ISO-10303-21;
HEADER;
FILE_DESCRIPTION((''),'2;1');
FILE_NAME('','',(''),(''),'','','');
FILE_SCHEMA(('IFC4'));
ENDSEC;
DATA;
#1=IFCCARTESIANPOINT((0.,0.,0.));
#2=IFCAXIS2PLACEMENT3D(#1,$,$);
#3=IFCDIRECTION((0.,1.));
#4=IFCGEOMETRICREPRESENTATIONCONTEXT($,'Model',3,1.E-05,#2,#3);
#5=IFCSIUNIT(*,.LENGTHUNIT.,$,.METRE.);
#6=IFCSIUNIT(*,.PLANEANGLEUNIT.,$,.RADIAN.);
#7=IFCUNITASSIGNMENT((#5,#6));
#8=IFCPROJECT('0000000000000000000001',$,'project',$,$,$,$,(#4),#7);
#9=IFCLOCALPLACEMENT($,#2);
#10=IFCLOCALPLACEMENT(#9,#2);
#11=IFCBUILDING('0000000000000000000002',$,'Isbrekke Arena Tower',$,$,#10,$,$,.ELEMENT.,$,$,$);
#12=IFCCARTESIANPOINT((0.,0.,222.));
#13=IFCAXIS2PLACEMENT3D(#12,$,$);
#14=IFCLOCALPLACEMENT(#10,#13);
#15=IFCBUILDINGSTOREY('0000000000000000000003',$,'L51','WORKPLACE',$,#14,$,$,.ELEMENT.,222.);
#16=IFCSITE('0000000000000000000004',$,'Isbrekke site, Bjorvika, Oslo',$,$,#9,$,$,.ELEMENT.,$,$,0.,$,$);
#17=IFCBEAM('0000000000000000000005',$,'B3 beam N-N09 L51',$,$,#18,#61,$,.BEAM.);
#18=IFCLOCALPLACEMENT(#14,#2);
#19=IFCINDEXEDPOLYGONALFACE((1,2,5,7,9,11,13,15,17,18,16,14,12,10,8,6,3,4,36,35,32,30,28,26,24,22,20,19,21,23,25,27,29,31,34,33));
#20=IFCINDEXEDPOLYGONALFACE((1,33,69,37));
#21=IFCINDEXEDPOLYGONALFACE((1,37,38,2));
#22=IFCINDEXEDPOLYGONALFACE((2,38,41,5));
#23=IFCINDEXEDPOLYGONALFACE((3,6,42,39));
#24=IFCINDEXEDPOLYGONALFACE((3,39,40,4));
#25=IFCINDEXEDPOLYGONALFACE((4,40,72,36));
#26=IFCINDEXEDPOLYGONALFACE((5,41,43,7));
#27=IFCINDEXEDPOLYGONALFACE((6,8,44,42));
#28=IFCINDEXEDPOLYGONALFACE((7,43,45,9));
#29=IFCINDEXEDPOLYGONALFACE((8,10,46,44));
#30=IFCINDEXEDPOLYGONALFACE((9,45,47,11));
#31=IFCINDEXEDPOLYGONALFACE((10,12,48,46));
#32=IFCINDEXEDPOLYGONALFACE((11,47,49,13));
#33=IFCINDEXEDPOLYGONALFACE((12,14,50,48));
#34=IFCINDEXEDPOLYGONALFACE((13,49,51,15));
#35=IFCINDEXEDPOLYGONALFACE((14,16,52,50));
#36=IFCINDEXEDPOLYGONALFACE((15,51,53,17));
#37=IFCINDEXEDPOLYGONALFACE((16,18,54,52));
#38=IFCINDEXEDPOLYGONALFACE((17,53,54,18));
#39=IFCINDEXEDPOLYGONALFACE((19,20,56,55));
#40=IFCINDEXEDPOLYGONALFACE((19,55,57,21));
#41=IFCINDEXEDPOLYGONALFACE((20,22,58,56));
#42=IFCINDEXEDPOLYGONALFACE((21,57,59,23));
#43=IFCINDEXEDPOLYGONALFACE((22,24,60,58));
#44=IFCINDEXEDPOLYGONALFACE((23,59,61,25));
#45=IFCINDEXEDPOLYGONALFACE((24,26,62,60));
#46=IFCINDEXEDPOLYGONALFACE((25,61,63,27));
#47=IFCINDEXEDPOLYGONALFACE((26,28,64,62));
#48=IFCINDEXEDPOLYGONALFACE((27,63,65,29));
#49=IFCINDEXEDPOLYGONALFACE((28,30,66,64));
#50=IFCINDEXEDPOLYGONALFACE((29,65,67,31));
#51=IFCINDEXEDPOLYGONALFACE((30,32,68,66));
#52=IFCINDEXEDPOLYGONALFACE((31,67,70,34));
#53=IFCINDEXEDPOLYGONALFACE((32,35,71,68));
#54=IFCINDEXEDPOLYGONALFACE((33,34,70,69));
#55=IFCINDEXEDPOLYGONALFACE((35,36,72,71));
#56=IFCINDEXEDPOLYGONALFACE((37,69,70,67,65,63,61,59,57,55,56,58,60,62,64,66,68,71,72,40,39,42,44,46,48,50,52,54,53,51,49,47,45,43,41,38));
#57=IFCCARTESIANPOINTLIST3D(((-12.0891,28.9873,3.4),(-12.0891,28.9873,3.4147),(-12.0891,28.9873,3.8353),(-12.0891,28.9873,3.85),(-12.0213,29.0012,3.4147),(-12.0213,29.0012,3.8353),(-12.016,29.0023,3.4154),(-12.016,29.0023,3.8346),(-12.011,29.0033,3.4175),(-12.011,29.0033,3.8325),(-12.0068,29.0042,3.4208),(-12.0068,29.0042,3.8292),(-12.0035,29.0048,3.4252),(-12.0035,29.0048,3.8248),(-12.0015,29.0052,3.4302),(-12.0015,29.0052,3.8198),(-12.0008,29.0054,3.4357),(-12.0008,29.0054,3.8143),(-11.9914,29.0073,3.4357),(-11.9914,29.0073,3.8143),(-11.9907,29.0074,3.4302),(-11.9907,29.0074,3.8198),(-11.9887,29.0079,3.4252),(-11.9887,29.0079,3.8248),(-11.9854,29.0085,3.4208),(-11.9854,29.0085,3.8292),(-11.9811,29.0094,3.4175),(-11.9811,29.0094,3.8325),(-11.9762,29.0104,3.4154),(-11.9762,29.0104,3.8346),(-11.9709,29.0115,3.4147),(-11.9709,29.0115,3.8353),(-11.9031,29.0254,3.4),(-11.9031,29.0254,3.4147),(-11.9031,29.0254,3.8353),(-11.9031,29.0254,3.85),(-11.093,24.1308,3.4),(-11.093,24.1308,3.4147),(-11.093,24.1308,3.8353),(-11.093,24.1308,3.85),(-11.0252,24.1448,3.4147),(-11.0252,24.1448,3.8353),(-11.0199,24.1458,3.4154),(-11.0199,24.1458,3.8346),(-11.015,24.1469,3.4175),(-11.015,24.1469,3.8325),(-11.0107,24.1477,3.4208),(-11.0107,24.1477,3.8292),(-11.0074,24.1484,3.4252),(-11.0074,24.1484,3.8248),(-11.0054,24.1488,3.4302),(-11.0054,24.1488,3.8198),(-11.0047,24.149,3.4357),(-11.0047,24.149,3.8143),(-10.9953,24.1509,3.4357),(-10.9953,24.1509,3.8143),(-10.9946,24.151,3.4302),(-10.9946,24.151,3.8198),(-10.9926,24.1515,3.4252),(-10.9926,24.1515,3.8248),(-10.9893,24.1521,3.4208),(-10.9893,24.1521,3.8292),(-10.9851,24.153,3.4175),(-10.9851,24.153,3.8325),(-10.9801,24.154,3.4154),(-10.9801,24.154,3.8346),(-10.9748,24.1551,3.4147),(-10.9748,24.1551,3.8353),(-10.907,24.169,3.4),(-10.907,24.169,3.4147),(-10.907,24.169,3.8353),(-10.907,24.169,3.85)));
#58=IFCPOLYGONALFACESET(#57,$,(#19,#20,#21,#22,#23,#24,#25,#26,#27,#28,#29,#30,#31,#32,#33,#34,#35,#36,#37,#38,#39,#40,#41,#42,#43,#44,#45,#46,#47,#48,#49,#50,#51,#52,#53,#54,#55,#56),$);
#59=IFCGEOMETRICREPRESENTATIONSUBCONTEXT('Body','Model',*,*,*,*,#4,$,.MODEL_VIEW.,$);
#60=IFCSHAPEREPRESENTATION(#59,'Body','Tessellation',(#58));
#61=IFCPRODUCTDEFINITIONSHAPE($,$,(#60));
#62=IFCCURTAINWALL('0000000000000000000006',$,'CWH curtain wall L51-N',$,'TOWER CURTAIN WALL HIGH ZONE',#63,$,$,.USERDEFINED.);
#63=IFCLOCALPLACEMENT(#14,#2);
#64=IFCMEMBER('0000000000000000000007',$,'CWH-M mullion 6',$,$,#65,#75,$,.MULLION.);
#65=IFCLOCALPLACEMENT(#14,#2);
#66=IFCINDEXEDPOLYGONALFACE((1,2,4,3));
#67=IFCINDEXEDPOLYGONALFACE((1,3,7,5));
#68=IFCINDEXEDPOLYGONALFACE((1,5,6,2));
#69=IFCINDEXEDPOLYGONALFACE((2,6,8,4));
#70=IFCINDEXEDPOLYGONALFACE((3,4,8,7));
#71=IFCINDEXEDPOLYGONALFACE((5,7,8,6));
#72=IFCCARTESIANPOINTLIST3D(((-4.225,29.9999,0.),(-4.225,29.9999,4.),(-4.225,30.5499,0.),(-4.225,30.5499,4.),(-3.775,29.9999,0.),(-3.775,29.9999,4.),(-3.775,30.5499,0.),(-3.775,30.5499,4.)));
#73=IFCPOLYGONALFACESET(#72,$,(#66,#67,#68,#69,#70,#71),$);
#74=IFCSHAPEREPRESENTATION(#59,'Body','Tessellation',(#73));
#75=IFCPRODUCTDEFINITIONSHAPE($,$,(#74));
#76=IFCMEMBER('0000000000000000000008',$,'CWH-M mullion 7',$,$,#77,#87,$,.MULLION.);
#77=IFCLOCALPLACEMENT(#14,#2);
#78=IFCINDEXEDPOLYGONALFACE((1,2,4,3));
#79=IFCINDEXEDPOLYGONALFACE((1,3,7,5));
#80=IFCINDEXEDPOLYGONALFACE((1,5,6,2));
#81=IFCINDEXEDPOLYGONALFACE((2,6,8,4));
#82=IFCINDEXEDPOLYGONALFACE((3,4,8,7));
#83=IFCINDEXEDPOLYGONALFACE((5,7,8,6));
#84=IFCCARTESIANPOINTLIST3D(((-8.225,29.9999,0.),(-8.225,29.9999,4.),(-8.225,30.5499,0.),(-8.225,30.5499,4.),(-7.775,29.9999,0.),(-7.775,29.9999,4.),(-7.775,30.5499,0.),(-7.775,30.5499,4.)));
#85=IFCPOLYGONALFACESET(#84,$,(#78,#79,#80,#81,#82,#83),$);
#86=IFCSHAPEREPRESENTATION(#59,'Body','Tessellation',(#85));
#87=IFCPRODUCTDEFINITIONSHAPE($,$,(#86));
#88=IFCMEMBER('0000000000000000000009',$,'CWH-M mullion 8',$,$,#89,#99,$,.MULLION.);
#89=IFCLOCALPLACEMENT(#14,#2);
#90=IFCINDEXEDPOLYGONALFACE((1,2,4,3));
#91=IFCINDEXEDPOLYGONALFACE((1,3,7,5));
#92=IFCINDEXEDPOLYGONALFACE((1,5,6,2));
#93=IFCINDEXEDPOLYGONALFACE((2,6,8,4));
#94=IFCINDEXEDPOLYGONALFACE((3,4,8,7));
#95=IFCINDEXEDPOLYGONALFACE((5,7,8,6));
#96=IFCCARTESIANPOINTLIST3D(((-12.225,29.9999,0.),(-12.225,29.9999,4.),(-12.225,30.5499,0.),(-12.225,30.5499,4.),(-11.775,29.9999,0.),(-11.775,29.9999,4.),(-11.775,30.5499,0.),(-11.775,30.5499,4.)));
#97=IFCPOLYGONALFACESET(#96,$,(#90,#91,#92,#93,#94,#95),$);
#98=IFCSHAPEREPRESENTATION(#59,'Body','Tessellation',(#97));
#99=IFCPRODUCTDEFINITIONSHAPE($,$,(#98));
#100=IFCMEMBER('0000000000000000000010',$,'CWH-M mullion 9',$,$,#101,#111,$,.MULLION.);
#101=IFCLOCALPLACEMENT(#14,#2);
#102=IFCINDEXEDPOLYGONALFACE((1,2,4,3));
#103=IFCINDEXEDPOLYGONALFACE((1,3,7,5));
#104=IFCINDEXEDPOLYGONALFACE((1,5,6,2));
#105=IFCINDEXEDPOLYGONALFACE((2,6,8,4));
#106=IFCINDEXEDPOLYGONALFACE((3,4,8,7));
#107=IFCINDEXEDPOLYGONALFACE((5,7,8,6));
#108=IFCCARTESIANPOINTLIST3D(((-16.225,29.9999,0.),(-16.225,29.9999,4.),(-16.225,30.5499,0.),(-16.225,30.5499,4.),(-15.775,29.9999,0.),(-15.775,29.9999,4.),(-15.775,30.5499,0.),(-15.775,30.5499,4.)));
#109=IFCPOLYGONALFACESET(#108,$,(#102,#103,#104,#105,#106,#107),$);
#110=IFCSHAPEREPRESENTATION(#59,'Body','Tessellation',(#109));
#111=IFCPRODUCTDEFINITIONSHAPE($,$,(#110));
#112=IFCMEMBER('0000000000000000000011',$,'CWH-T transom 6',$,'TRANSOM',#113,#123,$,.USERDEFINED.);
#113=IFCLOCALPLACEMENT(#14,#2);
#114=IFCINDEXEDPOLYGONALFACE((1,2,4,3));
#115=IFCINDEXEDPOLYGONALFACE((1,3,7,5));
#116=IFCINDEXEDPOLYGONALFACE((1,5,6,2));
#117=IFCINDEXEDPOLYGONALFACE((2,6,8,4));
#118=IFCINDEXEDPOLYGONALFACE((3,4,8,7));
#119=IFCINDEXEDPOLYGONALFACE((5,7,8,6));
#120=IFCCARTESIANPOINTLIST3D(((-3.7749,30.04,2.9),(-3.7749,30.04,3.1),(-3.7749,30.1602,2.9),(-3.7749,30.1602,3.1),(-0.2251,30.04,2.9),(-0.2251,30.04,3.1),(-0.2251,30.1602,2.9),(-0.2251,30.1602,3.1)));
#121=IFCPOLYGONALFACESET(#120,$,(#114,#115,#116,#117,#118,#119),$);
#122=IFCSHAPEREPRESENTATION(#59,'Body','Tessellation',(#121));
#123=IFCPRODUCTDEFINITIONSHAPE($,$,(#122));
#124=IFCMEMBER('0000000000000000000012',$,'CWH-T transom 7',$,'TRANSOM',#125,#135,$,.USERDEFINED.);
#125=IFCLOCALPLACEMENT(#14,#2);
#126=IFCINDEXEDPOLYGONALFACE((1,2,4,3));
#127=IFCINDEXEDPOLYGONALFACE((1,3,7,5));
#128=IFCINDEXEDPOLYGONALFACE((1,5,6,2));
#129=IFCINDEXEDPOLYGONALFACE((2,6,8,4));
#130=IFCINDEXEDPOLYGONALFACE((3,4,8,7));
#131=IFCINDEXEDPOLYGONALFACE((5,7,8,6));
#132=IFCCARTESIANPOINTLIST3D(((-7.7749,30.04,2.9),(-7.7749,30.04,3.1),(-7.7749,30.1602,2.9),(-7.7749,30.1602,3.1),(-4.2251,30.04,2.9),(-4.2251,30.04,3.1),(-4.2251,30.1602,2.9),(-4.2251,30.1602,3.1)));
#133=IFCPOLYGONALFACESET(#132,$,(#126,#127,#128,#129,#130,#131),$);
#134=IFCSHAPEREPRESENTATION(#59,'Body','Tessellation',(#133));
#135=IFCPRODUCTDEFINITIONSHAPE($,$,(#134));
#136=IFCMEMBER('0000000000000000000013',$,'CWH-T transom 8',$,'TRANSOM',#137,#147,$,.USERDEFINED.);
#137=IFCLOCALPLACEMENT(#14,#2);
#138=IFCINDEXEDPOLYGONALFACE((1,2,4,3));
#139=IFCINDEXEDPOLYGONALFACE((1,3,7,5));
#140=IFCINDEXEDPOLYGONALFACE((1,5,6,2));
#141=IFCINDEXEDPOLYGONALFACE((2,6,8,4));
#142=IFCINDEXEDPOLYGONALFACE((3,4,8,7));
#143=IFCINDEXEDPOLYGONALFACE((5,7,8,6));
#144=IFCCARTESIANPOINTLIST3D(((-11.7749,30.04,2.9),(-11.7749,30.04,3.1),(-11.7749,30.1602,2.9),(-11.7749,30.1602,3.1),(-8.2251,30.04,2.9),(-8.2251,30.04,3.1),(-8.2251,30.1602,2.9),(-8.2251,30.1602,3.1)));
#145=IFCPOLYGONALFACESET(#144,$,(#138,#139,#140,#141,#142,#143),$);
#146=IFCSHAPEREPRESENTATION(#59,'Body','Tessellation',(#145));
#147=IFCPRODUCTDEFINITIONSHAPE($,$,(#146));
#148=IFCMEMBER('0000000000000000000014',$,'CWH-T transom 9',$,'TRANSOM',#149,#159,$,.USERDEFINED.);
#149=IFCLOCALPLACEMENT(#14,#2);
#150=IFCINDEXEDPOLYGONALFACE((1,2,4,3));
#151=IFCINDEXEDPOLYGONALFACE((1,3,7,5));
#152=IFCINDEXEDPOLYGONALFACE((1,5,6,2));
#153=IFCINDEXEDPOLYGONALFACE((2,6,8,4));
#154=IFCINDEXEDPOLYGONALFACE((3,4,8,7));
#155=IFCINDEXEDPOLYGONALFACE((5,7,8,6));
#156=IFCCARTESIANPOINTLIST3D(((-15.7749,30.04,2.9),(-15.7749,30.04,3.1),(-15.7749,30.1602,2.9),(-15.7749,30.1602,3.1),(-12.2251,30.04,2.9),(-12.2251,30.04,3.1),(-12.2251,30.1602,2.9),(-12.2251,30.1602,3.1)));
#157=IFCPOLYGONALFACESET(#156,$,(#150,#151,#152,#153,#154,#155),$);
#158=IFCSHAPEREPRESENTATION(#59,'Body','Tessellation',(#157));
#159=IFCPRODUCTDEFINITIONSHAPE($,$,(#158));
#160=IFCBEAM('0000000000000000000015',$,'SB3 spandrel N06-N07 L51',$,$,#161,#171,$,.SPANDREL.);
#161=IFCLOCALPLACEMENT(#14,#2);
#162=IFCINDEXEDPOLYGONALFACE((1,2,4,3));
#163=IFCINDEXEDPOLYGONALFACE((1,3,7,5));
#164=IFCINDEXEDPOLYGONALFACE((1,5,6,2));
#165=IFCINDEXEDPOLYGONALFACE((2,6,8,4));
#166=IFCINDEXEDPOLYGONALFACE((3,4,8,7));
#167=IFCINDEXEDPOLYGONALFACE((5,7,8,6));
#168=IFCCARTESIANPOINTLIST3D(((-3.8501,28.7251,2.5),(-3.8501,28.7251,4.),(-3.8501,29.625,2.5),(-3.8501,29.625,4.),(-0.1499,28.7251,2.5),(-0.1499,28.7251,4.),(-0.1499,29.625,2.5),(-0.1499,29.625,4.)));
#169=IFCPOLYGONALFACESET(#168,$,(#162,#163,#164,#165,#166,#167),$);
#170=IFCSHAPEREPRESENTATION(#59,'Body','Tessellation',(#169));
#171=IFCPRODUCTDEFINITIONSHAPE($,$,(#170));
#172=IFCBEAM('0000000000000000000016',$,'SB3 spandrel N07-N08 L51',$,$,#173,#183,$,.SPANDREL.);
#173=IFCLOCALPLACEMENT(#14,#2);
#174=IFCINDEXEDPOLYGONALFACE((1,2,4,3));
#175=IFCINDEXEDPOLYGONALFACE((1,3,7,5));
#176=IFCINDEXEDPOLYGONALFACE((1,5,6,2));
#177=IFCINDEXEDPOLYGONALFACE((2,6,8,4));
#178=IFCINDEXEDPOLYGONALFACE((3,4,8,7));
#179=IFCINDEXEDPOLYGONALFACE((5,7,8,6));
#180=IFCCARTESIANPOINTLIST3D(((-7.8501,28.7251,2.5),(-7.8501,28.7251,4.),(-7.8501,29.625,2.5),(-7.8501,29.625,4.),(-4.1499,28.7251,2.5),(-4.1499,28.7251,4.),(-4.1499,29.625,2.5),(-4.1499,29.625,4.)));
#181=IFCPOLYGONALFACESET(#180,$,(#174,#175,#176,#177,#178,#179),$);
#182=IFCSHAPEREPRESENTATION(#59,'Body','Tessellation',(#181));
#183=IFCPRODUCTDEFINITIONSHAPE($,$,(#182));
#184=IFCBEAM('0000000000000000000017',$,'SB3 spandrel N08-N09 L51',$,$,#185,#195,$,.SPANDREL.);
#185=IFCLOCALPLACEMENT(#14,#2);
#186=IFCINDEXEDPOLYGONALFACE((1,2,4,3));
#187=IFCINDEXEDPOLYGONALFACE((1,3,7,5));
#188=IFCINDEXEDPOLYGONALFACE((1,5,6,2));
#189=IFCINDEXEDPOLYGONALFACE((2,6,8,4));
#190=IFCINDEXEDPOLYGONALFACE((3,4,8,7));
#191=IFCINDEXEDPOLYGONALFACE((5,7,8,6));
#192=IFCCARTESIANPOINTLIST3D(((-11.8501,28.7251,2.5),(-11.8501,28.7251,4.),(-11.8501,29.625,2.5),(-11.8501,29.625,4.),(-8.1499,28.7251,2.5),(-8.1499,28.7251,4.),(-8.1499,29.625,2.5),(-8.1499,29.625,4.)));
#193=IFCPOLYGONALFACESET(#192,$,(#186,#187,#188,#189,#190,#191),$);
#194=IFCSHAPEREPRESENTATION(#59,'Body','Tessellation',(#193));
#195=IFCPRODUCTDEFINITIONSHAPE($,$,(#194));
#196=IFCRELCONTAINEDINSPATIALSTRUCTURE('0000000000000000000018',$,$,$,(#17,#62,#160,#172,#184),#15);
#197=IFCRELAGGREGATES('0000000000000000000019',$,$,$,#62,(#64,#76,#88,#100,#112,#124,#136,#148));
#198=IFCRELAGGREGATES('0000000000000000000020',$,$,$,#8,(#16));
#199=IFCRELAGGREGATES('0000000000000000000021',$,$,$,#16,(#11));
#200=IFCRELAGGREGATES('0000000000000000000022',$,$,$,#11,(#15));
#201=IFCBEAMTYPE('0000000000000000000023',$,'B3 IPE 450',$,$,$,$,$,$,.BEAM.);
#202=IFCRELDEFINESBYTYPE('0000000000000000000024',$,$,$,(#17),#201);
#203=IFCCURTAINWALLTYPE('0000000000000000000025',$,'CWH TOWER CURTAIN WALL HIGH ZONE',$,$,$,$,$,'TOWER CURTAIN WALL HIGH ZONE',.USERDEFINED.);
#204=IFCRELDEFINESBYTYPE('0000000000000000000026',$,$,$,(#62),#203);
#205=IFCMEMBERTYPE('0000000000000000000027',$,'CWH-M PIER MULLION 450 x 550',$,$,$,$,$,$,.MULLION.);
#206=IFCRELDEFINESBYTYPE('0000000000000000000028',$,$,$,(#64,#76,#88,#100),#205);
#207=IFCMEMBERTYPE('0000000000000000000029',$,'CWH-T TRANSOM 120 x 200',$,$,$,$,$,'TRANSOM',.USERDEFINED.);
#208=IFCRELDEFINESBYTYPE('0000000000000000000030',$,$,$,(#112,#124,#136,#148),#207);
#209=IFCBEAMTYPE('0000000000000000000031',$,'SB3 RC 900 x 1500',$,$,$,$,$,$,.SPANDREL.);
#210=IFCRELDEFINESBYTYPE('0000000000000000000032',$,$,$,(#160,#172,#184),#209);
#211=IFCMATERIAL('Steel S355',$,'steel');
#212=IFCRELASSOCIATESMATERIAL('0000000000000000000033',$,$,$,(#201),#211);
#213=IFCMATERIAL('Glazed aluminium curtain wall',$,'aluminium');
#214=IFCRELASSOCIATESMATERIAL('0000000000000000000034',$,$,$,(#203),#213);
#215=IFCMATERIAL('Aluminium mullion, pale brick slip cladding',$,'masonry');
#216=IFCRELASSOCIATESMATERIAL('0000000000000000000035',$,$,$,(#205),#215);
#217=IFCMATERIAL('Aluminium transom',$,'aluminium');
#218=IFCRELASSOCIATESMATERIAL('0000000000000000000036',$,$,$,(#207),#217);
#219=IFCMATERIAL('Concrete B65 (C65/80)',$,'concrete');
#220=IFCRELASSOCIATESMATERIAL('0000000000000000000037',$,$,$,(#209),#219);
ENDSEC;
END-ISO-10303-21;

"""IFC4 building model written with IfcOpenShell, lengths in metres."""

from ifc_helpers import new_model, si_unit, direction, frame, origin, origin_2d, place, context, subcontext, project, spatial, rectangle, i_section, extrude, material, material_profile, profile_set, type_object, element, aggregate, save


model = new_model("IFC4")

# Units and contexts
model_context = context("Model", 3, precision=1e-05, world=origin(), true_north=direction((0.0, 1.0)))
body_context = subcontext(model_context, "Body", "Model", "MODEL_VIEW")
ifc_project = project(units=[si_unit("LENGTHUNIT", "METRE"), si_unit("PLANEANGLEUNIT", "RADIAN")], contexts=[model_context])

# Site, building, storey
site_placement = place(None, origin())
site = spatial("IfcSite", under=ifc_project, at=site_placement, Name="Isbrekke site, Bjorvika, Oslo", CompositionType="ELEMENT", RefElevation=0.0)
building_placement = place(site_placement, origin())
building = spatial("IfcBuilding", under=site, at=building_placement, Name="Isbrekke Arena Tower", CompositionType="ELEMENT")
storey_placement = place(building_placement, frame((0.0, 0.0, 222.0)))
storey = spatial("IfcBuildingStorey", under=building, at=storey_placement, Name="L51", Description="WORKPLACE", CompositionType="ELEMENT", Elevation=222.0)

# Beam
ifc_material_1 = material(Name="Steel S355", Category="steel")
ifc_material_profile_1 = material_profile(ifc_material_1, i_section(OverallWidth=0.1899, OverallDepth=0.45, WebThickness=0.0095, FlangeThickness=0.0146, FilletRadius=0.021, at=origin_2d()), Name="IPE 450")
ifc_profile_set_1 = profile_set([ifc_material_profile_1], Name="Steel S355")
beam_type_1 = type_object("IfcBeamType", Name="B3 IPE 450", PredefinedType="BEAM", material=ifc_profile_set_1)
beam_1_placement = place(storey_placement, frame((-11.9961, 29.0063, 3.625), z_axis=(0.200925, -0.979607, 0.0), x_axis=(0.979607, 0.200925, 0.0)))
element("IfcBeam", 1, at=beam_1_placement, inside=storey, type_object=beam_type_1, Name="B3 beam N-N09 L51", PredefinedType="BEAM", context=body_context, shape_type="SweptSolid", body=[
    extrude(i_section(OverallWidth=0.1899, OverallDepth=0.45, WebThickness=0.0095, FlangeThickness=0.0146, FilletRadius=0.021, at=origin_2d()), origin(), (0.0, 0.0, 1.0), 4.9575),
])

# Curtain wall, members
ifc_material_2 = material(Name="Glazed aluminium curtain wall", Category="aluminium")
curtain_wall_type = type_object("IfcCurtainWallType", Name="CWH TOWER CURTAIN WALL HIGH ZONE", ElementType="TOWER CURTAIN WALL HIGH ZONE", PredefinedType="USERDEFINED", material=ifc_material_2)
curtain_wall_placement = place(storey_placement, origin())
curtain_wall = element("IfcCurtainWall", 2, at=curtain_wall_placement, inside=storey, type_object=curtain_wall_type, Name="CWH curtain wall L51-N", ObjectType="TOWER CURTAIN WALL HIGH ZONE", PredefinedType="USERDEFINED")
ifc_material_3 = material(Name="Aluminium mullion, pale brick slip cladding", Category="masonry")
ifc_material_profile_2 = material_profile(ifc_material_3, rectangle(XDim=0.45, YDim=0.55, at=origin_2d()), Name="PIER 450X550")
ifc_profile_set_2 = profile_set([ifc_material_profile_2], Name="Aluminium mullion, pale brick slip cladding")
member_type_1 = type_object("IfcMemberType", Name="CWH-M PIER MULLION 450 x 550", PredefinedType="MULLION", material=ifc_profile_set_2)
member_1_placement = place(storey_placement, frame((-4.0, 30.2749, 0.0), z_axis=(0.0, 0.0, 1.0), x_axis=(-1.0, 0.0, 0.0)))
member_1 = element("IfcMember", 3, at=member_1_placement, type_object=member_type_1, Name="CWH-M mullion 6", PredefinedType="MULLION", context=body_context, shape_type="SweptSolid", body=[
    extrude(rectangle(XDim=0.45, YDim=0.55, at=origin_2d()), origin(), (0.0, 0.0, 1.0), 4.0),
])
member_2_placement = place(storey_placement, frame((-8.0, 30.2749, 0.0), z_axis=(0.0, 0.0, 1.0), x_axis=(-1.0, 0.0, 0.0)))
member_2 = element("IfcMember", 4, at=member_2_placement, type_object=member_type_1, Name="CWH-M mullion 7", PredefinedType="MULLION", context=body_context, shape_type="SweptSolid", body=[
    extrude(rectangle(XDim=0.45, YDim=0.55, at=origin_2d()), origin(), (0.0, 0.0, 1.0), 4.0),
])
member_3_placement = place(storey_placement, frame((-12.0, 30.2749, 0.0), z_axis=(0.0, 0.0, 1.0), x_axis=(-1.0, 0.0, 0.0)))
member_3 = element("IfcMember", 5, at=member_3_placement, type_object=member_type_1, Name="CWH-M mullion 8", PredefinedType="MULLION", context=body_context, shape_type="SweptSolid", body=[
    extrude(rectangle(XDim=0.45, YDim=0.55, at=origin_2d()), origin(), (0.0, 0.0, 1.0), 4.0),
])
member_4_placement = place(storey_placement, frame((-16.0, 30.2749, 0.0), z_axis=(0.0, 0.0, 1.0), x_axis=(-1.0, 0.0, 0.0)))
member_4 = element("IfcMember", 6, at=member_4_placement, type_object=member_type_1, Name="CWH-M mullion 9", PredefinedType="MULLION", context=body_context, shape_type="SweptSolid", body=[
    extrude(rectangle(XDim=0.45, YDim=0.55, at=origin_2d()), origin(), (0.0, 0.0, 1.0), 4.0),
])
ifc_material_4 = material(Name="Aluminium transom", Category="aluminium")
ifc_material_profile_3 = material_profile(ifc_material_4, rectangle(XDim=0.1201, YDim=0.2, at=origin_2d()), Name="TRANSOM 120X200")
ifc_profile_set_3 = profile_set([ifc_material_profile_3], Name="Aluminium transom")
member_type_2 = type_object("IfcMemberType", Name="CWH-T TRANSOM 120 x 200", ElementType="TRANSOM", PredefinedType="USERDEFINED", material=ifc_profile_set_3)
member_5_placement = place(storey_placement, frame((-0.2251, 30.1001, 3.0), z_axis=(-1.0, 0.0, 0.0), x_axis=(0.0, -1.0, 0.0)))
member_5 = element("IfcMember", 7, at=member_5_placement, type_object=member_type_2, Name="CWH-T transom 6", ObjectType="TRANSOM", PredefinedType="USERDEFINED", context=body_context, shape_type="SweptSolid", body=[
    extrude(rectangle(XDim=0.1201, YDim=0.2, at=origin_2d()), origin(), (0.0, 0.0, 1.0), 3.5498),
])
member_6_placement = place(storey_placement, frame((-4.2251, 30.1001, 3.0), z_axis=(-1.0, 0.0, 0.0), x_axis=(0.0, -1.0, 0.0)))
member_6 = element("IfcMember", 8, at=member_6_placement, type_object=member_type_2, Name="CWH-T transom 7", ObjectType="TRANSOM", PredefinedType="USERDEFINED", context=body_context, shape_type="SweptSolid", body=[
    extrude(rectangle(XDim=0.1201, YDim=0.2, at=origin_2d()), origin(), (0.0, 0.0, 1.0), 3.5498),
])
member_7_placement = place(storey_placement, frame((-8.2251, 30.1001, 3.0), z_axis=(-1.0, 0.0, 0.0), x_axis=(0.0, -1.0, 0.0)))
member_7 = element("IfcMember", 9, at=member_7_placement, type_object=member_type_2, Name="CWH-T transom 8", ObjectType="TRANSOM", PredefinedType="USERDEFINED", context=body_context, shape_type="SweptSolid", body=[
    extrude(rectangle(XDim=0.1201, YDim=0.2, at=origin_2d()), origin(), (0.0, 0.0, 1.0), 3.5498),
])
member_8_placement = place(storey_placement, frame((-12.2251, 30.1001, 3.0), z_axis=(-1.0, 0.0, 0.0), x_axis=(0.0, -1.0, 0.0)))
member_8 = element("IfcMember", 10, at=member_8_placement, type_object=member_type_2, Name="CWH-T transom 9", ObjectType="TRANSOM", PredefinedType="USERDEFINED", context=body_context, shape_type="SweptSolid", body=[
    extrude(rectangle(XDim=0.1201, YDim=0.2, at=origin_2d()), origin(), (0.0, 0.0, 1.0), 3.5498),
])

# Beams
ifc_material_5 = material(Name="Concrete B65 (C65/80)", Category="concrete")
ifc_material_profile_4 = material_profile(ifc_material_5, rectangle(XDim=0.8999, YDim=1.5, at=origin_2d()), Name="RC 900x1500")
ifc_profile_set_4 = profile_set([ifc_material_profile_4], Name="Concrete B65 (C65/80)")
beam_type_2 = type_object("IfcBeamType", Name="SB3 RC 900 x 1500", PredefinedType="SPANDREL", material=ifc_profile_set_4)
for number, where, z_axis, x_axis, name in (
    (11, (-0.1499, 29.175, 3.25), (-1.0, 0.0, 0.0), (0.0, -1.0, 0.0), "SB3 spandrel N06-N07 L51"),
    (12, (-4.1499, 29.175, 3.25), (-1.0, 0.0, 0.0), (0.0, -1.0, 0.0), "SB3 spandrel N07-N08 L51"),
    (13, (-8.1499, 29.175, 3.25), (-1.0, 0.0, 0.0), (0.0, -1.0, 0.0), "SB3 spandrel N08-N09 L51"),
):
    element("IfcBeam", number, at=place(storey_placement, frame(where, z_axis=z_axis, x_axis=x_axis)), inside=storey, type_object=beam_type_2, Name=name, PredefinedType="SPANDREL", context=body_context, shape_type="SweptSolid", body=[
        extrude(rectangle(XDim=0.8999, YDim=1.5, at=origin_2d()), origin(), (0.0, 0.0, 1.0), 3.7002),
    ])

aggregate(curtain_wall, [member_1, member_2, member_3, member_4, member_5, member_6, member_7, member_8])

save(model, "model.ifc")
